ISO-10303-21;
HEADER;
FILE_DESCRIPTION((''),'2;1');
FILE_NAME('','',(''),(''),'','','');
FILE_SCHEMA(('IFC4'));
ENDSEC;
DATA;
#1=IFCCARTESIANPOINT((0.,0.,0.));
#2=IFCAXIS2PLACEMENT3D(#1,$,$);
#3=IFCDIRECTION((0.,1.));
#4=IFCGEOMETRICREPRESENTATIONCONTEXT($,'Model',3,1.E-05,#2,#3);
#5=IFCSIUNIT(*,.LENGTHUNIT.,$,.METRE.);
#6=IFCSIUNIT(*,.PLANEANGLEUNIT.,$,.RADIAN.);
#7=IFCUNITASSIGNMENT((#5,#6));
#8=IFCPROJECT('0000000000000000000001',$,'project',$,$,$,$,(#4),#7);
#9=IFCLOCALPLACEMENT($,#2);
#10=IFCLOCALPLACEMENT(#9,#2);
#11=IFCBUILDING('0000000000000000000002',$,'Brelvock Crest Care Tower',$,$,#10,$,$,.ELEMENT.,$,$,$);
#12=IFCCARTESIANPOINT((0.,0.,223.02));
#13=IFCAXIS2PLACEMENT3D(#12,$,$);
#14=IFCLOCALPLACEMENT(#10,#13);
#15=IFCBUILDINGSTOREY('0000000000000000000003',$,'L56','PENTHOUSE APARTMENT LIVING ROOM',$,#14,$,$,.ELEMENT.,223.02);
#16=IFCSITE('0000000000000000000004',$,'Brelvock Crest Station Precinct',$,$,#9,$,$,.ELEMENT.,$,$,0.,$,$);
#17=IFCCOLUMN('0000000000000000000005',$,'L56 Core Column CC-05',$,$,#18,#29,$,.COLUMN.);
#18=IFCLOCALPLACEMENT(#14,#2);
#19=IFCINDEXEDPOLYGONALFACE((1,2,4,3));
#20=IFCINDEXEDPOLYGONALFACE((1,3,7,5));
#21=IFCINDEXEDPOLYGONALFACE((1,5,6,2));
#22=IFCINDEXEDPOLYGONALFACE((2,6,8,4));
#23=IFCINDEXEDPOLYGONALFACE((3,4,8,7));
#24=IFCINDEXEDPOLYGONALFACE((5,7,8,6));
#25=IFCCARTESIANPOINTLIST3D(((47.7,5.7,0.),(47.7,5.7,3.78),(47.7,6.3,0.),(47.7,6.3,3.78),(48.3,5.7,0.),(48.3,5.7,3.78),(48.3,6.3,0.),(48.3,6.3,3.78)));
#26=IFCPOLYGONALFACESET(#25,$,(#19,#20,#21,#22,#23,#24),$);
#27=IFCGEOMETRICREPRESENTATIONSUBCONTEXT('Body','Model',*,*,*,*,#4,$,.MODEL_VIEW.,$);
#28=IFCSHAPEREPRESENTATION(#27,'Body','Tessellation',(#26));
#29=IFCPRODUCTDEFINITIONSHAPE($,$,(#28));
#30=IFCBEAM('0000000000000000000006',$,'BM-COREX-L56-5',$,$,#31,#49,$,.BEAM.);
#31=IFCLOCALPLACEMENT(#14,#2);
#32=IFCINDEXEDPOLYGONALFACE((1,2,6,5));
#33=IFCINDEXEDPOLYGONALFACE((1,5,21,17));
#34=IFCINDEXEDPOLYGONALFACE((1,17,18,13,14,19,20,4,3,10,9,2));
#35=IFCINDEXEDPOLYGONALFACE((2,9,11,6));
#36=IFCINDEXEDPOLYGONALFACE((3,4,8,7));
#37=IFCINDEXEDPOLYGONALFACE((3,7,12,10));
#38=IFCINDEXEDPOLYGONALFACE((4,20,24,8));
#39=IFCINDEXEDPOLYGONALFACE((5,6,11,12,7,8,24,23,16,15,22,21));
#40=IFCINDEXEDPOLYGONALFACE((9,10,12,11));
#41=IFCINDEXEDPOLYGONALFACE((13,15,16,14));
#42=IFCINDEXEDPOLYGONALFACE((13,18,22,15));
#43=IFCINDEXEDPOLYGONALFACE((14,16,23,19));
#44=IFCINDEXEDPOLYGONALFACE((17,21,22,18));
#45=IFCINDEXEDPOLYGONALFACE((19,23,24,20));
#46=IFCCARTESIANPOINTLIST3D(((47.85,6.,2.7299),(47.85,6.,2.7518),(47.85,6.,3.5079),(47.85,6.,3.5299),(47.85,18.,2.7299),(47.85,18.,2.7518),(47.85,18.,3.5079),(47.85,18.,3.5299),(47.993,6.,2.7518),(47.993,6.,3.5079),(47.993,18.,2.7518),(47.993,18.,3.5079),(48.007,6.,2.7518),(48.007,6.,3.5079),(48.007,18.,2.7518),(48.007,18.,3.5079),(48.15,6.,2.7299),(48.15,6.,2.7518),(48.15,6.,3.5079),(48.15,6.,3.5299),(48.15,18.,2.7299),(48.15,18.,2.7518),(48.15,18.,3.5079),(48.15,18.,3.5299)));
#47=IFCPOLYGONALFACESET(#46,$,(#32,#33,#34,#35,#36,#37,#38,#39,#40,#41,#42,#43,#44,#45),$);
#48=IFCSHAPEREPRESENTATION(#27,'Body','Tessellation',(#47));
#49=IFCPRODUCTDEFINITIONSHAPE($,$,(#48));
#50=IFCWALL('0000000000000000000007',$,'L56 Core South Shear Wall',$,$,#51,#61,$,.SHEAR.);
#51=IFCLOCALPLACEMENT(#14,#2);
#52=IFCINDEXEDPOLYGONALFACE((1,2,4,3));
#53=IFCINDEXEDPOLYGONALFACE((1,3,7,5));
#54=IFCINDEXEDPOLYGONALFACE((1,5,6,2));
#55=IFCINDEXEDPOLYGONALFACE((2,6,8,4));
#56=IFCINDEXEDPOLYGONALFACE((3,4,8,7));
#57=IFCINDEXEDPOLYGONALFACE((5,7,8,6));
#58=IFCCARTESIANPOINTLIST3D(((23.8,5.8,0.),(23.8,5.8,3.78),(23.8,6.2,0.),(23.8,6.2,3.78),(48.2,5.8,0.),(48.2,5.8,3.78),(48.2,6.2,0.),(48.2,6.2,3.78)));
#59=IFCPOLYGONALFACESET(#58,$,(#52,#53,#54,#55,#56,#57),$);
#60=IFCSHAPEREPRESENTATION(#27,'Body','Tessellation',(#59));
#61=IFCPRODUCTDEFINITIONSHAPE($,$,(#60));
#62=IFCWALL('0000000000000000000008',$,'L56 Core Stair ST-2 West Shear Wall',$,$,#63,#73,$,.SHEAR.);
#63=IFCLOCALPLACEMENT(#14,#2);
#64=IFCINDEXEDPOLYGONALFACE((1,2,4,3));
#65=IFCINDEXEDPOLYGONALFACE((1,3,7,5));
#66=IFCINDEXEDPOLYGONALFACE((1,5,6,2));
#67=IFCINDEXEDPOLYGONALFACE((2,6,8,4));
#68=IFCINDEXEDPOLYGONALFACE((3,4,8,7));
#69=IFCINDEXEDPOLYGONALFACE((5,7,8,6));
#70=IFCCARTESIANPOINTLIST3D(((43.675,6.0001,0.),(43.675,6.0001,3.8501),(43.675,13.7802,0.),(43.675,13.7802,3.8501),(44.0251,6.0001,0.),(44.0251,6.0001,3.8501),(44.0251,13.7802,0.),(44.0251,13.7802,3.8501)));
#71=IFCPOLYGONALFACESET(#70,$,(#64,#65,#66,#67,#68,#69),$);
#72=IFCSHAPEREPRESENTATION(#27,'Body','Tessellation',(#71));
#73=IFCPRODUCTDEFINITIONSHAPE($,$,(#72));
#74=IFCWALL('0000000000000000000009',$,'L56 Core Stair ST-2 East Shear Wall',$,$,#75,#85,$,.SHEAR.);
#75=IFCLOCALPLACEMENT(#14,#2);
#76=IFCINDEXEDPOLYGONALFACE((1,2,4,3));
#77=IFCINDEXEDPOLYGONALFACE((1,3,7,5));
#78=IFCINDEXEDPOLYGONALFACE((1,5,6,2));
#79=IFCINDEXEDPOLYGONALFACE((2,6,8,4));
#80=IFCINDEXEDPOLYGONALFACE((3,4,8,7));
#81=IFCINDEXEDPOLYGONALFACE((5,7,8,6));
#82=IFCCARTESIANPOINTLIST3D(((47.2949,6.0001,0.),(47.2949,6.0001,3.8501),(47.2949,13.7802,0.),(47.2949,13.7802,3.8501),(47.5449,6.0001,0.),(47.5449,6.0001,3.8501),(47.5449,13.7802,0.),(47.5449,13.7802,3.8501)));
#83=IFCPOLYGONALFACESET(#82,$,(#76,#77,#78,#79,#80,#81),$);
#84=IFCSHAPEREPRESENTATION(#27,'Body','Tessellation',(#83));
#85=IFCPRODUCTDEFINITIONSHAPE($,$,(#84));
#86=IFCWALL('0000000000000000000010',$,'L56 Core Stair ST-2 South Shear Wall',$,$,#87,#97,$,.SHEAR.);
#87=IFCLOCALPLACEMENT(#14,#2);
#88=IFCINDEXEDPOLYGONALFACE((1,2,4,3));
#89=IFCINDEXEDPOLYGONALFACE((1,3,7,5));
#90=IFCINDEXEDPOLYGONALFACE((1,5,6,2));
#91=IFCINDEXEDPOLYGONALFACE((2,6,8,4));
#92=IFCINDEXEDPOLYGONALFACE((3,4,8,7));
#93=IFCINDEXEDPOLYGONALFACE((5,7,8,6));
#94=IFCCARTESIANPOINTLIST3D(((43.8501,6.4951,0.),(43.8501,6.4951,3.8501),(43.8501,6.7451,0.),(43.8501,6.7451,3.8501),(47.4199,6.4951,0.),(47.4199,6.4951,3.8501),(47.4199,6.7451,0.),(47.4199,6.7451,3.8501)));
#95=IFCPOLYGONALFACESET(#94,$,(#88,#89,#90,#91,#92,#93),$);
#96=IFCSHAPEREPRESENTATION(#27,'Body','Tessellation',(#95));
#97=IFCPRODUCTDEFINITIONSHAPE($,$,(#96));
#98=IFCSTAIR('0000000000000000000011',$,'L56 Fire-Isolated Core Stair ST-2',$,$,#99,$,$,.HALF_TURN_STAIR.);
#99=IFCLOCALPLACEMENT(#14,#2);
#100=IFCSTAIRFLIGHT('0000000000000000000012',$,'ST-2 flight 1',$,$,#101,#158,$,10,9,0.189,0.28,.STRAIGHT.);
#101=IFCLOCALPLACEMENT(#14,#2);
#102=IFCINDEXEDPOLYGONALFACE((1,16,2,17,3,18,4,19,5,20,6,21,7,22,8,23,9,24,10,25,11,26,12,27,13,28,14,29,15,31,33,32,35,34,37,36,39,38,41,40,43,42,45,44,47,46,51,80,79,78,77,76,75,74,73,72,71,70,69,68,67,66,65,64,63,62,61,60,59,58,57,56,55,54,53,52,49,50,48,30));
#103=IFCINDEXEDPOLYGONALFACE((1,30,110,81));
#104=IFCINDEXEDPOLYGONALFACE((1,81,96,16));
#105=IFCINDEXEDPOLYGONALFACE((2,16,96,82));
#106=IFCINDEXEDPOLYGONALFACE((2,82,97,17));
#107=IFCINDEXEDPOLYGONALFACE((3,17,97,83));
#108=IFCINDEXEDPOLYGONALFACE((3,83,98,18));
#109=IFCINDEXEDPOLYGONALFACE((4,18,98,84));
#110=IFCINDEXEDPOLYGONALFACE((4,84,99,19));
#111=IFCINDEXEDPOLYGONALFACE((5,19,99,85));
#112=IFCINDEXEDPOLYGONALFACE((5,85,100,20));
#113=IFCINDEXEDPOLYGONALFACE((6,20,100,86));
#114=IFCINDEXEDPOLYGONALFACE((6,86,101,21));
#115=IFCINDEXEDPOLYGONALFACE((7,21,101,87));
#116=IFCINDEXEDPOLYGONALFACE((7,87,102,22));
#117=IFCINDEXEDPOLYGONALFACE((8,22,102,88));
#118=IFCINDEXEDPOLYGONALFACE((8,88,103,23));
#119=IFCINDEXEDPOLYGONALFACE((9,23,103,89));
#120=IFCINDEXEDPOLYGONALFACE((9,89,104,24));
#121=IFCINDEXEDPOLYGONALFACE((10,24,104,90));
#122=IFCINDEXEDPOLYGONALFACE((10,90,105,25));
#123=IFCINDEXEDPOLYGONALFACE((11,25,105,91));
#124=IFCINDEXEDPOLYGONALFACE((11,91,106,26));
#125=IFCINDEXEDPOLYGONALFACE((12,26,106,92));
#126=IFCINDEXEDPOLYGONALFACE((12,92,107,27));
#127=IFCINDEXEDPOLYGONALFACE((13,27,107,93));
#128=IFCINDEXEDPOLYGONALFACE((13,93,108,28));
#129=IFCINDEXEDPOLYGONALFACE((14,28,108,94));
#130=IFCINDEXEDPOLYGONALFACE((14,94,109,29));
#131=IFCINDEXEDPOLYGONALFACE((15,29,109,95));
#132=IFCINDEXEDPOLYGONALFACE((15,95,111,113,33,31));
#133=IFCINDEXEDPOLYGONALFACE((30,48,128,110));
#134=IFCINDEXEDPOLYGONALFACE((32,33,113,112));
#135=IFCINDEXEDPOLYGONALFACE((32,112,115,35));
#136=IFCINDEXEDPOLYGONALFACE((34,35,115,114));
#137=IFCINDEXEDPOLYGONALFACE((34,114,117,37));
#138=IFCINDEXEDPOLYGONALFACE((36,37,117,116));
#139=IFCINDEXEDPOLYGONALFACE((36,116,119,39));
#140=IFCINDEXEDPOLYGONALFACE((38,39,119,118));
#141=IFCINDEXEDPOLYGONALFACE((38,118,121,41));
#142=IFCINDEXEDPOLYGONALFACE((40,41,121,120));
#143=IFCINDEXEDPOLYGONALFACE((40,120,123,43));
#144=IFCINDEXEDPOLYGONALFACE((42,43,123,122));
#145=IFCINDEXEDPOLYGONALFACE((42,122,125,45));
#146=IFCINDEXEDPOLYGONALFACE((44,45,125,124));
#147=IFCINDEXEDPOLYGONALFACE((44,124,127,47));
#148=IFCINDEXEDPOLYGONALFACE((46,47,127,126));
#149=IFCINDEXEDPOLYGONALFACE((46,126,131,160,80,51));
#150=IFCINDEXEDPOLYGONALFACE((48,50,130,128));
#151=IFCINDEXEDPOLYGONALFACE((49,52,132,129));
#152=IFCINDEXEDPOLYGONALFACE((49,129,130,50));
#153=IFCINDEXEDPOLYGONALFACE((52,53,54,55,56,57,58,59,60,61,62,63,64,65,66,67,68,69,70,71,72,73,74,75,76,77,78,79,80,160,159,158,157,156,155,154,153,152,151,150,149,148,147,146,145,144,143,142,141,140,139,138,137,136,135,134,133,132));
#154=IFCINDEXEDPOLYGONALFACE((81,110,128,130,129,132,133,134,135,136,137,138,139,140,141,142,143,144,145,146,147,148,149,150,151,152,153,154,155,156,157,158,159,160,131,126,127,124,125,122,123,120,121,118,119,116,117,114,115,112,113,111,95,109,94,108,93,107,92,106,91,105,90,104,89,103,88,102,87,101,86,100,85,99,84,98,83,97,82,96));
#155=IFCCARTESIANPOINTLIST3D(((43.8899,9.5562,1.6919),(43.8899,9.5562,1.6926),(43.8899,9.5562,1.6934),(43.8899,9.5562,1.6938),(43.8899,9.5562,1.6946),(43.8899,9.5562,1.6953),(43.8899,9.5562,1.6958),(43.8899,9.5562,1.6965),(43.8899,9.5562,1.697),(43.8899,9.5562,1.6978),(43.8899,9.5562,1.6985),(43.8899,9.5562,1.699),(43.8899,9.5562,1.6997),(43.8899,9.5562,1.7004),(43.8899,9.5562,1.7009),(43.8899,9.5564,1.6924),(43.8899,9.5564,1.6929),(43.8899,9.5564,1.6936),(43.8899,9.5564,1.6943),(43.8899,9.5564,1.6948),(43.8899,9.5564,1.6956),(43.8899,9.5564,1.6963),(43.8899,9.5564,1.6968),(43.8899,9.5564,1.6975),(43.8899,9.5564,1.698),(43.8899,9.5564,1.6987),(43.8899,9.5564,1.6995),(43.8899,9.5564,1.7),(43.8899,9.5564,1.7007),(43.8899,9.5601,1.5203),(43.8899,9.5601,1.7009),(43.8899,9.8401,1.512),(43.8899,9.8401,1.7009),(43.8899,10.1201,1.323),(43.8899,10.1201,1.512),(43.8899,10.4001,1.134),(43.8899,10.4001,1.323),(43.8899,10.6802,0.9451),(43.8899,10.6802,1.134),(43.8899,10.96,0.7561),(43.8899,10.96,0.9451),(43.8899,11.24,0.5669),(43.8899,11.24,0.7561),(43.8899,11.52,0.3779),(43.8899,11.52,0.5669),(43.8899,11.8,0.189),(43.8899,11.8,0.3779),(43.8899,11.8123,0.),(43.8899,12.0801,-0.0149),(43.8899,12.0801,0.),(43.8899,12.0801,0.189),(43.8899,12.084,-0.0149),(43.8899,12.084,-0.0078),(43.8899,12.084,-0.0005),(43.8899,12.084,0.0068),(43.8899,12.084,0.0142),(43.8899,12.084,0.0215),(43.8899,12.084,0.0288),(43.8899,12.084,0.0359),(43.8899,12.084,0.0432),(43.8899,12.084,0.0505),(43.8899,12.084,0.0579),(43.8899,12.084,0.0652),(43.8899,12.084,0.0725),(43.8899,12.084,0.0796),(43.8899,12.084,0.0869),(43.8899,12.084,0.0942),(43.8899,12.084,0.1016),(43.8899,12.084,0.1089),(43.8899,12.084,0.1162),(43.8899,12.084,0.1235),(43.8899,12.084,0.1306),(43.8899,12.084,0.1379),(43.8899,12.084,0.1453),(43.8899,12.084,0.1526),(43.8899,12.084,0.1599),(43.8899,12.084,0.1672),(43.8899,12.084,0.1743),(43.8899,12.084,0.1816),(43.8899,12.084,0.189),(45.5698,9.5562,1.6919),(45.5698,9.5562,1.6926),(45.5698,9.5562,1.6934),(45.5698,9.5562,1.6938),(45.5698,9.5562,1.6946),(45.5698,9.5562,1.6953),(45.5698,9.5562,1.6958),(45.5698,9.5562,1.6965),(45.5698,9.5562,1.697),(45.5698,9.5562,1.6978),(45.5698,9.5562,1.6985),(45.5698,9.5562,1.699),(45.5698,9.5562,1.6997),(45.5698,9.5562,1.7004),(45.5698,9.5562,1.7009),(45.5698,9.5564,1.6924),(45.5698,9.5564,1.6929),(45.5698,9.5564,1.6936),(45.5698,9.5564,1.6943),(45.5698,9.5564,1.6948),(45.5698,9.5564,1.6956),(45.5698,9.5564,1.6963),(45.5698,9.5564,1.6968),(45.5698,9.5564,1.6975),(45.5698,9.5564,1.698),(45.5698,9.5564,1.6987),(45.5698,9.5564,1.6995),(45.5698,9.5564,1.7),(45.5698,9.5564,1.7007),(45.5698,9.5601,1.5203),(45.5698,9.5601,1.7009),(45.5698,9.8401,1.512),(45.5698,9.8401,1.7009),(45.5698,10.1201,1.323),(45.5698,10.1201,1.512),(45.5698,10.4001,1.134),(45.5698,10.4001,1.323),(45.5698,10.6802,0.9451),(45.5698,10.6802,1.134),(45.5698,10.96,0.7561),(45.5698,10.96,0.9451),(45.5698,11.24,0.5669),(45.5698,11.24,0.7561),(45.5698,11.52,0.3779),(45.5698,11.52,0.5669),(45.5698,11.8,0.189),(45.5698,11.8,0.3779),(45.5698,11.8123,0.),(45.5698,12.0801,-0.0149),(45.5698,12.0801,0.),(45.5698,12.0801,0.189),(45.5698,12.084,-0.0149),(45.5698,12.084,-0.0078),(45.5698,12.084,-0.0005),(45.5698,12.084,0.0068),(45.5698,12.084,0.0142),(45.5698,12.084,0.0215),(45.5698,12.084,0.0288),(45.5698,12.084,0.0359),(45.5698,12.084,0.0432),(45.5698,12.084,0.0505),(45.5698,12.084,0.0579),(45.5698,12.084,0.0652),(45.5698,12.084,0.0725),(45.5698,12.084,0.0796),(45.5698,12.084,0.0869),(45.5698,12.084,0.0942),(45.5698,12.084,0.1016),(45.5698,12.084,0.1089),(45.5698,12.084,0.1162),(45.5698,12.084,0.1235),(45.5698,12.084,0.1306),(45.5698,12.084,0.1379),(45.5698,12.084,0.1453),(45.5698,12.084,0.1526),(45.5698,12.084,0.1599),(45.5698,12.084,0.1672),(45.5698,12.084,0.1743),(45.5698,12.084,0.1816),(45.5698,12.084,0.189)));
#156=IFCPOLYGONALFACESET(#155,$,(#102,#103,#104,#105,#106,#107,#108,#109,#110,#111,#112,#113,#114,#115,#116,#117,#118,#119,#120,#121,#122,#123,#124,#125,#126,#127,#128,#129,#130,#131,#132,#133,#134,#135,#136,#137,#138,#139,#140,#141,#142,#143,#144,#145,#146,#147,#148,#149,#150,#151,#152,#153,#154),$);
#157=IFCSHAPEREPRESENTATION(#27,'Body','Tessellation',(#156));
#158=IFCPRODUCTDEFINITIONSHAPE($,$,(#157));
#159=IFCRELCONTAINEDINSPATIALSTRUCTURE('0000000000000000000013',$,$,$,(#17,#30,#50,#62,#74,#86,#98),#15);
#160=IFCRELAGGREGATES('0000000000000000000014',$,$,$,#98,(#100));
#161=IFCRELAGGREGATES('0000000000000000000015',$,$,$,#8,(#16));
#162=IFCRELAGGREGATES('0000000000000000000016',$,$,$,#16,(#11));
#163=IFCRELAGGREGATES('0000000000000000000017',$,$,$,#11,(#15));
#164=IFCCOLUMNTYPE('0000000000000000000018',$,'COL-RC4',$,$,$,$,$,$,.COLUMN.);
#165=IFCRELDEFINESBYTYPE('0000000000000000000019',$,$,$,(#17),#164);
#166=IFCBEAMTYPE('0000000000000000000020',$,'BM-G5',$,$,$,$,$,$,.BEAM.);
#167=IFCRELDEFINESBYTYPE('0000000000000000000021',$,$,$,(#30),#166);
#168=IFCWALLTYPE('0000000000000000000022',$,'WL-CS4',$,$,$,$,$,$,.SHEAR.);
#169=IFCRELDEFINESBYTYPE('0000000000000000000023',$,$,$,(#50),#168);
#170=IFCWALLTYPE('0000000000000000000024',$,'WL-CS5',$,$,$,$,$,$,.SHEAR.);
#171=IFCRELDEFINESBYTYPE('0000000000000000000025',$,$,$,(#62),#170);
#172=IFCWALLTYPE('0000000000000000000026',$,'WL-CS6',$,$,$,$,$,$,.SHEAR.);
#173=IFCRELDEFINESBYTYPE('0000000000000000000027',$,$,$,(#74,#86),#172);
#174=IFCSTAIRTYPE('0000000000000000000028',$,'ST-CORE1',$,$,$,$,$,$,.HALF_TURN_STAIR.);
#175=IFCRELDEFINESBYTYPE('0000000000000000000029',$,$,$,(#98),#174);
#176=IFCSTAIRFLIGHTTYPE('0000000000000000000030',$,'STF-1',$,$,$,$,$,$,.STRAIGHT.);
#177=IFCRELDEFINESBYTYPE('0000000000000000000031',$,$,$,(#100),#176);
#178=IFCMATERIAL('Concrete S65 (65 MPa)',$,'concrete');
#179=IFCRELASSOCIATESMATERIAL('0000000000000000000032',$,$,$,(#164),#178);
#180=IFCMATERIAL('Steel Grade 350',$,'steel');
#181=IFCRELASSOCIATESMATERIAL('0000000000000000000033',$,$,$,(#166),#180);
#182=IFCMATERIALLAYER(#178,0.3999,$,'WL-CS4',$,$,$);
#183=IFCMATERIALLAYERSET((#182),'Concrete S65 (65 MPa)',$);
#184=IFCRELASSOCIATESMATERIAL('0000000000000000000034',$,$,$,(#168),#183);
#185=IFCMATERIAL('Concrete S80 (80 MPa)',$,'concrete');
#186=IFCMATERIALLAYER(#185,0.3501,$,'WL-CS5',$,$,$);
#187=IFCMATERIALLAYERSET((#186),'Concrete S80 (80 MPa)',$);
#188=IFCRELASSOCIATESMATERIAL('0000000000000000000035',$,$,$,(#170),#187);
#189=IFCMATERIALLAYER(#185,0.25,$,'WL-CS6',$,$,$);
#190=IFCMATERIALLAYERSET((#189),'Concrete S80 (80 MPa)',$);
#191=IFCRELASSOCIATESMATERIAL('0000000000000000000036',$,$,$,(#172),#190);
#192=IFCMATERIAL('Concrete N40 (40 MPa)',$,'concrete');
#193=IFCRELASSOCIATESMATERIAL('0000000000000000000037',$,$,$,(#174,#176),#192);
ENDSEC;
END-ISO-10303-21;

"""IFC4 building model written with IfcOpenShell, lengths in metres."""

from ifc_helpers import new_model, si_unit, direction, frame, frame_2d, origin, origin_2d, place, context, subcontext, project, spatial, polyline, rectangle, i_section, outline, extrude, source, transform, mapped, material, layer, layer_set, material_profile, profile_set, type_object, element, aggregate, save


model = new_model("IFC4")

# Units and contexts
model_context = context("Model", 3, precision=1e-05, world=origin(), true_north=direction((0.0, 1.0)))
body_context = subcontext(model_context, "Body", "Model", "MODEL_VIEW")
ifc_project = project(units=[si_unit("LENGTHUNIT", "METRE"), si_unit("PLANEANGLEUNIT", "RADIAN")], contexts=[model_context])

# Site, building, storey
site_placement = place(None, origin())
site = spatial("IfcSite", under=ifc_project, at=site_placement, Name="Brelvock Crest Station Precinct", CompositionType="ELEMENT", RefElevation=0.0)
building_placement = place(site_placement, origin())
building = spatial("IfcBuilding", under=site, at=building_placement, Name="Brelvock Crest Care Tower", CompositionType="ELEMENT")
storey_placement = place(building_placement, frame((0.0, 0.0, 223.02)))
storey = spatial("IfcBuildingStorey", under=building, at=storey_placement, Name="L56", Description="PENTHOUSE APARTMENT LIVING ROOM", CompositionType="ELEMENT", Elevation=223.02)

# Column
ifc_material_1 = material(Name="Concrete S65 (65 MPa)", Category="concrete")
ifc_material_profile_1 = material_profile(ifc_material_1, rectangle(XDim=0.6001, YDim=0.6001, at=origin_2d()), Name="RC600x600")
ifc_profile_set_1 = profile_set([ifc_material_profile_1], Name="Concrete S65 (65 MPa)")
column_type = type_object("IfcColumnType", Name="COL-RC4", PredefinedType="COLUMN", material=ifc_profile_set_1)
shared_shape_1 = source(origin(), body_context, "Body", "SweptSolid", [
    extrude(rectangle(XDim=0.6001, YDim=0.6001, at=origin_2d()), origin(), (0.0, 0.0, 1.0), 3.78),
])
column_placement = place(storey_placement, frame((48.0, 6.0, 0.0), z_axis=(0.0, 0.0, 1.0), x_axis=(1.0, 0.0, 0.0)))
element("IfcColumn", 1, at=column_placement, inside=storey, type_object=column_type, Name="L56 Core Column CC-05", PredefinedType="COLUMN", context=body_context, shape_type="MappedRepresentation", body=[
    mapped(shared_shape_1, transform((0.0, 0.0, 0.0), x_axis=(1.0, 0.0, 0.0), y_axis=(0.0, 1.0, 0.0), z_axis=(0.0, 0.0, 1.0), scale=1.0)),
])

# Beam
ifc_material_2 = material(Name="Steel Grade 350", Category="steel")
ifc_material_profile_2 = material_profile(ifc_material_2, i_section(OverallWidth=0.3, OverallDepth=0.8, WebThickness=0.0139, FlangeThickness=0.022, at=origin_2d()), Name="800WB192")
ifc_profile_set_2 = profile_set([ifc_material_profile_2], Name="Steel Grade 350")
beam_type = type_object("IfcBeamType", Name="BM-G5", PredefinedType="BEAM", material=ifc_profile_set_2)
shared_shape_2 = source(origin(), body_context, "Body", "SweptSolid", [
    extrude(i_section(OverallWidth=0.3, OverallDepth=0.8, WebThickness=0.0139, FlangeThickness=0.022, at=origin_2d()), origin(), (0.0, 0.0, 1.0), 12.0),
])
beam_placement = place(storey_placement, frame((48.0, 6.0, 3.1299), z_axis=(0.0, 1.0, 0.0), x_axis=(-1.0, 0.0, 0.0)))
element("IfcBeam", 2, at=beam_placement, inside=storey, type_object=beam_type, Name="BM-COREX-L56-5", PredefinedType="BEAM", context=body_context, shape_type="MappedRepresentation", body=[
    mapped(shared_shape_2, transform((0.0, 0.0, 0.0), x_axis=(1.0, 0.0, 0.0), y_axis=(0.0, 1.0, 0.0), z_axis=(0.0, 0.0, 1.0), scale=1.0)),
])

# Walls
ifc_layer_1 = layer(ifc_material_1, 0.3999, Name="WL-CS4")
ifc_layer_set_1 = layer_set([ifc_layer_1], Name="Concrete S65 (65 MPa)")
wall_type_1 = type_object("IfcWallType", Name="WL-CS4", PredefinedType="SHEAR", material=ifc_layer_set_1)
wall_1_placement = place(storey_placement, frame((48.2, 6.0, 0.0), z_axis=(0.0, 0.0, 1.0), x_axis=(-1.0, 0.0, 0.0)))
element("IfcWall", 3, at=wall_1_placement, inside=storey, type_object=wall_type_1, Name="L56 Core South Shear Wall", PredefinedType="SHEAR", context=body_context, shape_type="SweptSolid", body=[
    extrude(rectangle(XDim=24.3999, YDim=0.3999, at=frame_2d((12.2, 0.0))), origin(), (0.0, 0.0, 1.0), 3.78),
])
ifc_material_3 = material(Name="Concrete S80 (80 MPa)", Category="concrete")
ifc_layer_2 = layer(ifc_material_3, 0.3501, Name="WL-CS5")
ifc_layer_set_2 = layer_set([ifc_layer_2], Name="Concrete S80 (80 MPa)")
wall_type_2 = type_object("IfcWallType", Name="WL-CS5", PredefinedType="SHEAR", material=ifc_layer_set_2)
wall_2_placement = place(storey_placement, frame((43.8501, 6.0, 0.0), z_axis=(0.0, 0.0, 1.0), x_axis=(0.0, 1.0, 0.0)))
element("IfcWall", 4, at=wall_2_placement, inside=storey, type_object=wall_type_2, Name="L56 Core Stair ST-2 West Shear Wall", PredefinedType="SHEAR", context=body_context, shape_type="SweptSolid", body=[
    extrude(rectangle(XDim=7.78, YDim=0.3501, at=frame_2d((3.8901, 0.0))), origin(), (0.0, 0.0, 1.0), 3.8501),
])
ifc_layer_3 = layer(ifc_material_3, 0.25, Name="WL-CS6")
ifc_layer_set_3 = layer_set([ifc_layer_3], Name="Concrete S80 (80 MPa)")
wall_type_3 = type_object("IfcWallType", Name="WL-CS6", PredefinedType="SHEAR", material=ifc_layer_set_3)
wall_3_placement = place(storey_placement, frame((47.4199, 6.0, 0.0), z_axis=(0.0, 0.0, 1.0), x_axis=(0.0, 1.0, 0.0)))
element("IfcWall", 5, at=wall_3_placement, inside=storey, type_object=wall_type_3, Name="L56 Core Stair ST-2 East Shear Wall", PredefinedType="SHEAR", context=body_context, shape_type="SweptSolid", body=[
    extrude(rectangle(XDim=7.78, YDim=0.25, at=frame_2d((3.8901, 0.0))), origin(), (0.0, 0.0, 1.0), 3.8501),
])
wall_4_placement = place(storey_placement, frame((43.8501, 6.6201, 0.0), z_axis=(0.0, 0.0, 1.0), x_axis=(1.0, 0.0, 0.0)))
element("IfcWall", 6, at=wall_4_placement, inside=storey, type_object=wall_type_3, Name="L56 Core Stair ST-2 South Shear Wall", PredefinedType="SHEAR", context=body_context, shape_type="SweptSolid", body=[
    extrude(rectangle(XDim=3.5698, YDim=0.25, at=frame_2d((1.7849, 0.0))), origin(), (0.0, 0.0, 1.0), 3.8501),
])

# Stair, stair flight
ifc_material_4 = material(Name="Concrete N40 (40 MPa)", Category="concrete")
stair_type = type_object("IfcStairType", Name="ST-CORE1", PredefinedType="HALF_TURN_STAIR", material=ifc_material_4)
stair_placement = place(storey_placement, origin())
stair = element("IfcStair", 7, at=stair_placement, inside=storey, type_object=stair_type, Name="L56 Fire-Isolated Core Stair ST-2", PredefinedType="HALF_TURN_STAIR")
stair_flight_type = type_object("IfcStairFlightType", Name="STF-1", PredefinedType="STRAIGHT", material=ifc_material_4)
stair_flight_1_placement = place(storey_placement, frame((44.73, 12.0801, 0.0), z_axis=(0.0, 0.0, 1.0), x_axis=(0.0, -1.0, 0.0)))
stair_flight_1 = element("IfcStairFlight", 8, at=stair_flight_1_placement, type_object=stair_flight_type, Name="ST-2 flight 1", NumberOfRisers=10, NumberOfTreads=9, PredefinedType="STRAIGHT", RiserHeight=0.189, TreadLength=0.28, context=body_context, shape_type="SweptSolid", body=[
    extrude(outline(polyline([(-0.0039, -0.0149), (-0.0039, -0.0078), (-0.0039, -0.0005), (-0.0039, 0.0068), (-0.0039, 0.0142), (-0.0039, 0.0215), (-0.0039, 0.0288), (-0.0039, 0.0359), (-0.0039, 0.0432), (-0.0039, 0.0505), (-0.0039, 0.0579), (-0.0039, 0.0652), (-0.0039, 0.0725), (-0.0039, 0.0796), (-0.0039, 0.0869), (-0.0039, 0.0942), (-0.0039, 0.1016), (-0.0039, 0.1089), (-0.0039, 0.1162), (-0.0039, 0.1235), (-0.0039, 0.1306), (-0.0039, 0.1379), (-0.0039, 0.1453), (-0.0039, 0.1526), (-0.0039, 0.1599), (-0.0039, 0.1672), (-0.0039, 0.1743), (-0.0039, 0.1816), (-0.0039, 0.189), (0.0, 0.189), (0.28, 0.189), (0.28, 0.3779), (0.5601, 0.3779), (0.5601, 0.5669), (0.8401, 0.5669), (0.8401, 0.7561), (1.1201, 0.7561), (1.1201, 0.9451), (1.3999, 0.9451), (1.3999, 1.134), (1.6799, 1.134), (1.6799, 1.323), (1.96, 1.323), (1.96, 1.512), (2.24, 1.512), (2.24, 1.7009), (2.52, 1.7009), (2.5239, 1.7009), (2.5237, 1.7007), (2.5239, 1.7004), (2.5237, 1.7), (2.5239, 1.6997), (2.5237, 1.6995), (2.5239, 1.699), (2.5237, 1.6987), (2.5239, 1.6985), (2.5237, 1.698), (2.5239, 1.6978), (2.5237, 1.6975), (2.5239, 1.697), (2.5237, 1.6968), (2.5239, 1.6965), (2.5237, 1.6963), (2.5239, 1.6958), (2.5237, 1.6956), (2.5239, 1.6953), (2.5237, 1.6948), (2.5239, 1.6946), (2.5237, 1.6943), (2.5239, 1.6938), (2.5237, 1.6936), (2.5239, 1.6934), (2.5237, 1.6929), (2.5239, 1.6926), (2.5237, 1.6924), (2.5239, 1.6919), (2.52, 1.5203), (0.2678, 0.0), (0.0, 0.0), (0.0, -0.0149), (-0.0039, -0.0149)])), frame((0.0, 0.8398, 0.0), z_axis=(0.0, -1.0, 0.0), x_axis=(1.0, 0.0, 0.0)), (0.0, 0.0, 1.0), 1.6799),
])
aggregate(stair, [stair_flight_1])

save(model, "model.ifc")
